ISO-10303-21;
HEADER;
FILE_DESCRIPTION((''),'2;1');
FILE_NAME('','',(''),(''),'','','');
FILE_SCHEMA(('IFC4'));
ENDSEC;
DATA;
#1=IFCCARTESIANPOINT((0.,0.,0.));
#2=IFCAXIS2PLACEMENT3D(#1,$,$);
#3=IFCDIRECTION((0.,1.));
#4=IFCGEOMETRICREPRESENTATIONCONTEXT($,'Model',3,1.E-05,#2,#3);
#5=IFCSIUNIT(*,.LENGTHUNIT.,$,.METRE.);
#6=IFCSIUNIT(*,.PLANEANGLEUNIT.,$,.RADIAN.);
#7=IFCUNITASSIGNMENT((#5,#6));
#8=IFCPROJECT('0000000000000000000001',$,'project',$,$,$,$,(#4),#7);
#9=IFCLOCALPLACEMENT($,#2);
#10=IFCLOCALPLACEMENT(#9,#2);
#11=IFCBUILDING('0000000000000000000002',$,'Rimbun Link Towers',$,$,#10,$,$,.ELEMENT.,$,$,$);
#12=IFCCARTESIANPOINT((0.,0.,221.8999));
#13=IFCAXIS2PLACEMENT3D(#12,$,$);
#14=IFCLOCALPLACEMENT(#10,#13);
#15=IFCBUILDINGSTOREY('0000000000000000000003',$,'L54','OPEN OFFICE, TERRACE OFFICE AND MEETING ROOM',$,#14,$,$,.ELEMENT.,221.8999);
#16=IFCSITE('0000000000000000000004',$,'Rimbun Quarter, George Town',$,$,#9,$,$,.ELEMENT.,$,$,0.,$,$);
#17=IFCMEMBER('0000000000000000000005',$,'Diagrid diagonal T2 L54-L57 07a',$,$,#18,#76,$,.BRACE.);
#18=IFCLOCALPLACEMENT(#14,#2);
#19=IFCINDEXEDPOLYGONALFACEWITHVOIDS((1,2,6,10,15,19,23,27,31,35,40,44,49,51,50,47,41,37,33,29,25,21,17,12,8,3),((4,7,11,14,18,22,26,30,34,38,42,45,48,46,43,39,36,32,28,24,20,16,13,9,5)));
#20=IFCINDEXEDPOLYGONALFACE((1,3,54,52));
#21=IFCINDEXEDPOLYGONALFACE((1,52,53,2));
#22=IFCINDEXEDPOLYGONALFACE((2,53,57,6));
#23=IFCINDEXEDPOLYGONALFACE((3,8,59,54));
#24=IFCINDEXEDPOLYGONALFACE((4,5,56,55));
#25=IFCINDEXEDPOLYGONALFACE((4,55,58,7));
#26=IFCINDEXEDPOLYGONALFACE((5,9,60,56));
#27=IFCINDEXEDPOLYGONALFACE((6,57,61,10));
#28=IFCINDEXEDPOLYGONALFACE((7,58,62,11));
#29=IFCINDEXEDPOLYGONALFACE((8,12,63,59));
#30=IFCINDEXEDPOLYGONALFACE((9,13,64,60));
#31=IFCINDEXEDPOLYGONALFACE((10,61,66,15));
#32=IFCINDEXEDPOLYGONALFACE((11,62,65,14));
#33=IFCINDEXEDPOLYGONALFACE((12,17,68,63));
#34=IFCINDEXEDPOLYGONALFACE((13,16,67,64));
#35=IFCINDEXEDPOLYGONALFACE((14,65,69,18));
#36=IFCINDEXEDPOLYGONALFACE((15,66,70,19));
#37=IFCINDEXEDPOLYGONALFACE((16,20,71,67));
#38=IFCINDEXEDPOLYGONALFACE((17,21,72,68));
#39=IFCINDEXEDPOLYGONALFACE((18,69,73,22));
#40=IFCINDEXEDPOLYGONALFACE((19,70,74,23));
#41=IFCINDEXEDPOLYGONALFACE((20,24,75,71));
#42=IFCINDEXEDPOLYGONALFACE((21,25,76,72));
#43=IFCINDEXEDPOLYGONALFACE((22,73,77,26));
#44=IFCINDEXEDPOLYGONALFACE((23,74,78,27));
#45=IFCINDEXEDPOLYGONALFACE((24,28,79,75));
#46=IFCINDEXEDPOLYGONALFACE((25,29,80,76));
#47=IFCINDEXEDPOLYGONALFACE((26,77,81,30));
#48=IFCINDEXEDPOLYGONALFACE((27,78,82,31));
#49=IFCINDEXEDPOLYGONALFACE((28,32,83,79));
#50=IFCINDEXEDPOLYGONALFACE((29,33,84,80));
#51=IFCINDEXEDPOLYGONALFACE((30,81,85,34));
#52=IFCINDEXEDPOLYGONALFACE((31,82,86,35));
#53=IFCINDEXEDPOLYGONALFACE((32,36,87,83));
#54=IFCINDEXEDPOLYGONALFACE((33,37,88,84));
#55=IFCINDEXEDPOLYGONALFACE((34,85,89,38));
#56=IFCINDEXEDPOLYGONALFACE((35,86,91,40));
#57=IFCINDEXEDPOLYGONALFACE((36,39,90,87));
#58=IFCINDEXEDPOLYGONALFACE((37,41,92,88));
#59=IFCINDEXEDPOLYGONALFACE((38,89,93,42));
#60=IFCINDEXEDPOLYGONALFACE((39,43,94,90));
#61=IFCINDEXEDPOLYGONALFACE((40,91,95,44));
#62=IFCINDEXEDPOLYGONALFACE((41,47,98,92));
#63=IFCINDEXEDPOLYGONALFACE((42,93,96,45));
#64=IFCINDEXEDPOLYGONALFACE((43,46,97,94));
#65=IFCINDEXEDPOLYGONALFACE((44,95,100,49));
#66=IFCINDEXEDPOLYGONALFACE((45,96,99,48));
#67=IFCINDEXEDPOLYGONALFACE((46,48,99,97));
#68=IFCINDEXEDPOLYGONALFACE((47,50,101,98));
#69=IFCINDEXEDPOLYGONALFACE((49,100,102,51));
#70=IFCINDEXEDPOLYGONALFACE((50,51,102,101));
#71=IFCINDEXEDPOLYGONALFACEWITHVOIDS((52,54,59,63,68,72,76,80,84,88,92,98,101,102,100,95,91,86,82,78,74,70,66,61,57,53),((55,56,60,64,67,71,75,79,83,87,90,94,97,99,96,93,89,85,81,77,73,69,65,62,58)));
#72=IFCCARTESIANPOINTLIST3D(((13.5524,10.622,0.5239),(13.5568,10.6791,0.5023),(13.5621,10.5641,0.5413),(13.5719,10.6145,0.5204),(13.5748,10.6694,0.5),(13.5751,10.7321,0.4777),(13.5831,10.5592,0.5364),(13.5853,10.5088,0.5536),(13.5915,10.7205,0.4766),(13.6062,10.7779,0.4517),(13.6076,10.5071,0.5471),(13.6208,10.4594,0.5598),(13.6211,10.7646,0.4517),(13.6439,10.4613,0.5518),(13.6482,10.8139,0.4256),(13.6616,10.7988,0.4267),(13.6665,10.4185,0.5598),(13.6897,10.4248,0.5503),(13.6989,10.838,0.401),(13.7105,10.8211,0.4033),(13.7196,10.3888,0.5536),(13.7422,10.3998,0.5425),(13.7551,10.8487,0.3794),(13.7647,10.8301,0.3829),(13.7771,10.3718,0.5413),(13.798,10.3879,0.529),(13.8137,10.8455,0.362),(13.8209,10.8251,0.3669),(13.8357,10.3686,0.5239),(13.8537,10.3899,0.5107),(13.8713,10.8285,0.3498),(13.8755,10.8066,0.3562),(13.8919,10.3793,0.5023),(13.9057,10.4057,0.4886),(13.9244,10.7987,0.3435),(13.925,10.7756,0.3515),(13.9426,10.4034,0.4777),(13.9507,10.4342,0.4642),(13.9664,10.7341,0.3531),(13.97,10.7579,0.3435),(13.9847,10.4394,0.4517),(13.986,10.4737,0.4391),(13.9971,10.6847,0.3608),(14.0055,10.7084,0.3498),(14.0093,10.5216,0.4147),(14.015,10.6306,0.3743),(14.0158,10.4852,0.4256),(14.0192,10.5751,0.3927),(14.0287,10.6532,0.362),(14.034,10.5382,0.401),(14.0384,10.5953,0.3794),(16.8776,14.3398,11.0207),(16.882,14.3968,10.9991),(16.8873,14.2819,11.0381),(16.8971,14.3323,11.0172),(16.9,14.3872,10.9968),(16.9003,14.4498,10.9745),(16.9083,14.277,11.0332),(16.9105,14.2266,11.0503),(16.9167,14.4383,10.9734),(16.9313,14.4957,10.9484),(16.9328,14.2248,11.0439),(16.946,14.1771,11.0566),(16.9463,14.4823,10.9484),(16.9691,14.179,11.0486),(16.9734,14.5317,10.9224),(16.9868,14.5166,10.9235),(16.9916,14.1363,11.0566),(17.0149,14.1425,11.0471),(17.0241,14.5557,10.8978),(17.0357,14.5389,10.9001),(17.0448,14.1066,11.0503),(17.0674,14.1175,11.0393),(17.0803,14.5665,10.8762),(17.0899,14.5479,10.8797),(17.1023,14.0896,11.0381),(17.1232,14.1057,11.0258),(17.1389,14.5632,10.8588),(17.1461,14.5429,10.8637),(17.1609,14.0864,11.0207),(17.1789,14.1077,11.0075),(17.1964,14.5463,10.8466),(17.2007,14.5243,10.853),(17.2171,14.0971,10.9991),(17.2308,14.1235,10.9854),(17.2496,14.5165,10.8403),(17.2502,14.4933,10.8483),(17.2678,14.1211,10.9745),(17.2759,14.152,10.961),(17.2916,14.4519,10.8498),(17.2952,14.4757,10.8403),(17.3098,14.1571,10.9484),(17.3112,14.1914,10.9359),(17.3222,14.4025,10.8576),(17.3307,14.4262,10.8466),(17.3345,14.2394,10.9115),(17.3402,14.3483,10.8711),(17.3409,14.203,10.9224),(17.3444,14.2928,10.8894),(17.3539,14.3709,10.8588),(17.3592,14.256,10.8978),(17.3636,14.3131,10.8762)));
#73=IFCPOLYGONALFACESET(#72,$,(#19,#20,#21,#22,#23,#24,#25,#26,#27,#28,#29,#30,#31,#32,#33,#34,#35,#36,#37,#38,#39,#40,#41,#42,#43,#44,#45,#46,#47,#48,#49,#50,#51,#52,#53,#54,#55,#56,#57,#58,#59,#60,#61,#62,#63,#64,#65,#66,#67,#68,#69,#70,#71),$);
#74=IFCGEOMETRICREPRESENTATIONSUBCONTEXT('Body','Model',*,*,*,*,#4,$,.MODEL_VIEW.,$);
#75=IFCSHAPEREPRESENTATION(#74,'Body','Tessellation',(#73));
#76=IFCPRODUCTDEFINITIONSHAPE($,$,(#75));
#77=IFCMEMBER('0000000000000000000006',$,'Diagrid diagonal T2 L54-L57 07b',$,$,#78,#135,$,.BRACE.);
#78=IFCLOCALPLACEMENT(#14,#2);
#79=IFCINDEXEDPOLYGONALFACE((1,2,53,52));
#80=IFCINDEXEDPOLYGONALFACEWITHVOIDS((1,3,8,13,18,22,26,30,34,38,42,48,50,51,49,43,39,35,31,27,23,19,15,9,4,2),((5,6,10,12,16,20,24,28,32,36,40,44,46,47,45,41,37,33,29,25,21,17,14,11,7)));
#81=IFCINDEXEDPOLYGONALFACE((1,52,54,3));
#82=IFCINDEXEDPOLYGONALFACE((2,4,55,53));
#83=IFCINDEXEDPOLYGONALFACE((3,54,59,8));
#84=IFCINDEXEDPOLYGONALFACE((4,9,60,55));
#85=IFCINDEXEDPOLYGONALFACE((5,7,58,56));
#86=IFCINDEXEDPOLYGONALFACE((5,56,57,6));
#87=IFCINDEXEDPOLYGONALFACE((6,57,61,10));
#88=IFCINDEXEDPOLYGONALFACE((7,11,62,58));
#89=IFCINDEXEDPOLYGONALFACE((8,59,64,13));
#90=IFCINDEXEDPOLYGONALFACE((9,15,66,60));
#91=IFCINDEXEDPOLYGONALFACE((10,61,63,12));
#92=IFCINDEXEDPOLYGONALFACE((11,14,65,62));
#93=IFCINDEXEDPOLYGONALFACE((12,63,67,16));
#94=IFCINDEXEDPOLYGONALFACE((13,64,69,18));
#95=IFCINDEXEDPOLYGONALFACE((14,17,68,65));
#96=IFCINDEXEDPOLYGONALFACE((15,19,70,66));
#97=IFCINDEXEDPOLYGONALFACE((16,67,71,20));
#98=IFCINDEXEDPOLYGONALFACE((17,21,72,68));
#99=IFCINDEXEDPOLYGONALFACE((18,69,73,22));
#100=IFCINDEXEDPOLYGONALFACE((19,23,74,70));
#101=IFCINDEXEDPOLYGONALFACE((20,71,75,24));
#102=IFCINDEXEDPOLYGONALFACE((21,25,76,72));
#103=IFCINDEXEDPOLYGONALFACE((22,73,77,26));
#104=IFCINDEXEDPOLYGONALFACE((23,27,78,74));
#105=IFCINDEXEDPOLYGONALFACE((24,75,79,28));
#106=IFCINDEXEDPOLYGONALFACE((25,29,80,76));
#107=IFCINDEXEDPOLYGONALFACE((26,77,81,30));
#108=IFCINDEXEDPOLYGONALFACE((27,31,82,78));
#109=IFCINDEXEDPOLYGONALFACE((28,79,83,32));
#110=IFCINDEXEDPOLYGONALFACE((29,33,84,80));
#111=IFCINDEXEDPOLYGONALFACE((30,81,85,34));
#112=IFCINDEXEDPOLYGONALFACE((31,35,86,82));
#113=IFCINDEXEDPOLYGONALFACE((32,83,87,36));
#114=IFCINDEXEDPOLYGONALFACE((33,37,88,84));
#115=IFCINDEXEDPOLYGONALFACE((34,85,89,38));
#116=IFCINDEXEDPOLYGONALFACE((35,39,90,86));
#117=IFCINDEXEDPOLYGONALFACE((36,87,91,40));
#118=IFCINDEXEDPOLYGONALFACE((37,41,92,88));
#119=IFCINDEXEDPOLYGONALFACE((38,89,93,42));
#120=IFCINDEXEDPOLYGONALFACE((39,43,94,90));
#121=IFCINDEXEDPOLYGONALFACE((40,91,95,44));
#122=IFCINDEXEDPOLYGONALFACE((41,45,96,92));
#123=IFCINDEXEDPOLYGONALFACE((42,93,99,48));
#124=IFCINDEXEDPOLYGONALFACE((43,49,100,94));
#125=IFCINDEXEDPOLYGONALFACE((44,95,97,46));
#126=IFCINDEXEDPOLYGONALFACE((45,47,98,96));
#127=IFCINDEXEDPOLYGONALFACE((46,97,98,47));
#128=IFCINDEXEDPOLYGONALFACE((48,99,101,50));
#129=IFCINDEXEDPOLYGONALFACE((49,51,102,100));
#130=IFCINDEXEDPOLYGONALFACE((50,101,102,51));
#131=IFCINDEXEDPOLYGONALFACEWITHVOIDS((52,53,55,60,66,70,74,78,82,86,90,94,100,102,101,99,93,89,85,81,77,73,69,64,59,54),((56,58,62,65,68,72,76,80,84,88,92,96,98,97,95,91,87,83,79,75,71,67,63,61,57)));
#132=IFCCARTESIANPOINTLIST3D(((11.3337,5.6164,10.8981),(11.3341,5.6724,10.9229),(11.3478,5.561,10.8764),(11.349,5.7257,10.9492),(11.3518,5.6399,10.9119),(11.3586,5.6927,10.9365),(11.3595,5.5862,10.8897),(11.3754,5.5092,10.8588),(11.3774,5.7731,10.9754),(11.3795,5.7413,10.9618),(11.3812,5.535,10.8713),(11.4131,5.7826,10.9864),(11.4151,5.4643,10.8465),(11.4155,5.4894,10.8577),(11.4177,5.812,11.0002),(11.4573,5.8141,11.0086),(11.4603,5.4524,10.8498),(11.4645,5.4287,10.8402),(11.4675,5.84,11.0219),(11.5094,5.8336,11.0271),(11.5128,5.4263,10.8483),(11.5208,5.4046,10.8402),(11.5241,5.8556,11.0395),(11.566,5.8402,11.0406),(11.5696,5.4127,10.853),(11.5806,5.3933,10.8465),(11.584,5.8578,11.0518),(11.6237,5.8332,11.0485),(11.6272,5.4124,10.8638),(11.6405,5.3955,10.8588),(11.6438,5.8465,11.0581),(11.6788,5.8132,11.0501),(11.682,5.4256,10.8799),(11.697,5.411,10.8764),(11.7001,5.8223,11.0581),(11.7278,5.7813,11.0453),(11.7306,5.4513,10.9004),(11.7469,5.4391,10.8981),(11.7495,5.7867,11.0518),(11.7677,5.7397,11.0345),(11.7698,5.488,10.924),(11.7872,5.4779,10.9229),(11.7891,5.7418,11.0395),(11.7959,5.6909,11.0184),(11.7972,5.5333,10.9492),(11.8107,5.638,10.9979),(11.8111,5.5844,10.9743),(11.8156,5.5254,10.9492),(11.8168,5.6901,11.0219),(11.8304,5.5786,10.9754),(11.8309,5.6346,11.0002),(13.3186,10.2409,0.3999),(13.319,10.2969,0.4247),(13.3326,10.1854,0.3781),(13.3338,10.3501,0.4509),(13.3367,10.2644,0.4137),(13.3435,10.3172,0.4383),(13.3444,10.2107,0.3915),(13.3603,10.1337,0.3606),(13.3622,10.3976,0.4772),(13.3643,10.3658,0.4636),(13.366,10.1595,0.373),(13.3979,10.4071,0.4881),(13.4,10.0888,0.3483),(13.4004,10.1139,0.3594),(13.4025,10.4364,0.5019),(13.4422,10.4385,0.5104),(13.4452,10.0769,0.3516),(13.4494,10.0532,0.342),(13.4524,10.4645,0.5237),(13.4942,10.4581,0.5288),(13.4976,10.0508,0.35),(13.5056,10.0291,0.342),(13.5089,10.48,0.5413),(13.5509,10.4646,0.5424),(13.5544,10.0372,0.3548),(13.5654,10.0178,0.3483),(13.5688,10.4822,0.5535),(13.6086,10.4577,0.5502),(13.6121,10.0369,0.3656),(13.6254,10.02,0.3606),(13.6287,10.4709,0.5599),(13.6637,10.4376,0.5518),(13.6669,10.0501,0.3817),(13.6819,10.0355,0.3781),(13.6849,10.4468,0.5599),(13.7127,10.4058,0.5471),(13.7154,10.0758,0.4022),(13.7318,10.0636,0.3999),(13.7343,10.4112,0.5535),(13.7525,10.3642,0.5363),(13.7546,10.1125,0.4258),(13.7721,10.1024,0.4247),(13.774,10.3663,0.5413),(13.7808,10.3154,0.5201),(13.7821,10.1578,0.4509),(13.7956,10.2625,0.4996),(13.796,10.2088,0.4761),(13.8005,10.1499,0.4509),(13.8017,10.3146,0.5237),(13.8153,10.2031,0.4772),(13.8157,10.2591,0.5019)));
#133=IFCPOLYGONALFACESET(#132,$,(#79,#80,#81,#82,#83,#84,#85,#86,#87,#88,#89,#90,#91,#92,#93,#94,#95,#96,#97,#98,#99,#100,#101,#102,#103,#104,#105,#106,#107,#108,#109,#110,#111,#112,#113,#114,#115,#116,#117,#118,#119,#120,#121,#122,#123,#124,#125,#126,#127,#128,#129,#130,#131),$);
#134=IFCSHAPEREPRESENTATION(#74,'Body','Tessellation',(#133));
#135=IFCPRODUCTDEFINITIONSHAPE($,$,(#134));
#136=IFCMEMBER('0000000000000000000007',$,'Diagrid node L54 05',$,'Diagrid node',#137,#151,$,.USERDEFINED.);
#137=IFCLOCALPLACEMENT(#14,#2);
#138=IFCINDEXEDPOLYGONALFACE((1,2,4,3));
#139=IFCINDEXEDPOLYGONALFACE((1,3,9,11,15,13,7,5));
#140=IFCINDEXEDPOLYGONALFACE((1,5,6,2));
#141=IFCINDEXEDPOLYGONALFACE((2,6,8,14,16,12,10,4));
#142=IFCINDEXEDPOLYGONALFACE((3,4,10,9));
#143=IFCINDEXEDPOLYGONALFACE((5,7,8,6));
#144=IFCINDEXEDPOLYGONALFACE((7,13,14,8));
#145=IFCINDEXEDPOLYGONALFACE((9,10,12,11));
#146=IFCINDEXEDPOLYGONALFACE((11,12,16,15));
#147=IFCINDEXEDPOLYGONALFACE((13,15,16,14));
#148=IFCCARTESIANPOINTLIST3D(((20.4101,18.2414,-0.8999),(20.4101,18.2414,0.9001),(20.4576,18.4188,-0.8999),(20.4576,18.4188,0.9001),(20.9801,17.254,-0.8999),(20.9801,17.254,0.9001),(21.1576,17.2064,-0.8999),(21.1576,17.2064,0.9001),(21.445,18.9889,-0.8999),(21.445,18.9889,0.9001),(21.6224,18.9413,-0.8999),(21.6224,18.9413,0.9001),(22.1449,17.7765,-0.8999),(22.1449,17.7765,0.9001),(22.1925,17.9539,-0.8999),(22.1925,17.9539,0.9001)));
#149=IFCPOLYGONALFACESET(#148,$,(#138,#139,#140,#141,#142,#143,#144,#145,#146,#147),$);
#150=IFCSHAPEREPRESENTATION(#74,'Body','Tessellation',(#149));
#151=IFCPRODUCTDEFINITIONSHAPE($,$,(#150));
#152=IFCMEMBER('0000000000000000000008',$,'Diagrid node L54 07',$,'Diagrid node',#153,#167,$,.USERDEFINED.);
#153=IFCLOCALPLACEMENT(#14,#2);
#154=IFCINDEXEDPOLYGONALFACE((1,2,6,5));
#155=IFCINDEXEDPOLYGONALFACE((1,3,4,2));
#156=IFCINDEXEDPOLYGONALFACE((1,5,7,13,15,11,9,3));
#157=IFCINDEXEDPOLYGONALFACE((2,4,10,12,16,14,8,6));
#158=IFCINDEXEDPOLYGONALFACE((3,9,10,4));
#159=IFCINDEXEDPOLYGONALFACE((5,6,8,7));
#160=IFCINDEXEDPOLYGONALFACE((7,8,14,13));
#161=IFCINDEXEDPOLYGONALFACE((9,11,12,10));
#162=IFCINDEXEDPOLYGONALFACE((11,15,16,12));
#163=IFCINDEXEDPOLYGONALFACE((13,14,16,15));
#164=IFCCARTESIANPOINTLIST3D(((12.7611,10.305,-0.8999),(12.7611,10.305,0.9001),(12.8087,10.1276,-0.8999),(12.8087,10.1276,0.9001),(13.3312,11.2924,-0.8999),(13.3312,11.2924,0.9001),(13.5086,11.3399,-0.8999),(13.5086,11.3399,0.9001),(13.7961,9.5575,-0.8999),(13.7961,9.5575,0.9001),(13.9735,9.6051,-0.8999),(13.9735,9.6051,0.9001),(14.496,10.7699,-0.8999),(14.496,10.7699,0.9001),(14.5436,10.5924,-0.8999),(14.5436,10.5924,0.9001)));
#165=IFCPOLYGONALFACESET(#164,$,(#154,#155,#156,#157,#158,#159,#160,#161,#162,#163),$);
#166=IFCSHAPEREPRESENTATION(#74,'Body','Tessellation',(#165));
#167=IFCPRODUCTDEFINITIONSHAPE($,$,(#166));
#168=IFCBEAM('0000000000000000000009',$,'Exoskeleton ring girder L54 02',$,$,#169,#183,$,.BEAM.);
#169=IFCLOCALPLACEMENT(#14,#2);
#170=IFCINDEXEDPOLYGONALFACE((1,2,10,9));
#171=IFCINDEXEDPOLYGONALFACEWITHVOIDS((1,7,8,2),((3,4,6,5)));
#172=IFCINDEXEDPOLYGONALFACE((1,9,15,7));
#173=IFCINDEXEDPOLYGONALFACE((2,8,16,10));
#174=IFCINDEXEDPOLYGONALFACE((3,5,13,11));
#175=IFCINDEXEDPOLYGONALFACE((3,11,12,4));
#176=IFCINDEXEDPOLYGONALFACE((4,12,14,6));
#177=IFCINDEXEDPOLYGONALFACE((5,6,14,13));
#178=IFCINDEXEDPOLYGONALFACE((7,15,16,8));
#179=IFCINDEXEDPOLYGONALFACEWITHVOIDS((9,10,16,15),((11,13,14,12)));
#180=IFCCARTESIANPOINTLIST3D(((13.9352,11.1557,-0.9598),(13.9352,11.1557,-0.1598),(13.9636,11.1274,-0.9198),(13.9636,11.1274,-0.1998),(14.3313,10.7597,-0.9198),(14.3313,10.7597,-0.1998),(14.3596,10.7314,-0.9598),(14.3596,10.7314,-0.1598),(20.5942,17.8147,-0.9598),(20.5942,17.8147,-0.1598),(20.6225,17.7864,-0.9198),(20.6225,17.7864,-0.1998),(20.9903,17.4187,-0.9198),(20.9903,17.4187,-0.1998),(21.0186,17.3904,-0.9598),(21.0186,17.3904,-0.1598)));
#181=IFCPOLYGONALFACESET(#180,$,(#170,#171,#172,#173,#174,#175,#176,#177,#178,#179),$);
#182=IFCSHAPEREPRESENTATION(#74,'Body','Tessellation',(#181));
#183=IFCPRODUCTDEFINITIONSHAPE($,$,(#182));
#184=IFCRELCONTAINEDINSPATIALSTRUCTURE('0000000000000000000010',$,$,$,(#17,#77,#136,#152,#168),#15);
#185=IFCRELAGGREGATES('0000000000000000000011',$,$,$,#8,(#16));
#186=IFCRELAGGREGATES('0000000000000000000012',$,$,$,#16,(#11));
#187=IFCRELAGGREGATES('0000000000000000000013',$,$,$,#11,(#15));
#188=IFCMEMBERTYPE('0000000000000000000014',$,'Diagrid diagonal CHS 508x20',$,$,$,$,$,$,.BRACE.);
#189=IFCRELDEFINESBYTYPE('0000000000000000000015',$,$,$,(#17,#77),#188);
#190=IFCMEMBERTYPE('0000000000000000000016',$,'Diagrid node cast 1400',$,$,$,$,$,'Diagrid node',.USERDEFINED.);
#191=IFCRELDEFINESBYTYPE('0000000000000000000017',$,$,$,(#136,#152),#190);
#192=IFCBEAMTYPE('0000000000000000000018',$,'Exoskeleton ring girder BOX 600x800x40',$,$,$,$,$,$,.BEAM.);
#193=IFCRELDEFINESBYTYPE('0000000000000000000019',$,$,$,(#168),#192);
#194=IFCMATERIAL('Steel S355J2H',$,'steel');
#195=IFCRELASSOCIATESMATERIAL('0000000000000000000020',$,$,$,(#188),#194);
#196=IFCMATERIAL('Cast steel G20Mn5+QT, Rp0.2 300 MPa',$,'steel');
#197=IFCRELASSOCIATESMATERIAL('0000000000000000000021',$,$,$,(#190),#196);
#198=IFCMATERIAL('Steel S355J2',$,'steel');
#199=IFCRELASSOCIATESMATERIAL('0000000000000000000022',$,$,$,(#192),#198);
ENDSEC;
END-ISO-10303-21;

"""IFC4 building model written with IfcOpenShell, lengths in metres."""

from ifc_helpers import new_model, si_unit, direction, frame, origin, origin_2d, place, context, subcontext, project, spatial, polyline, hollow_rectangle, hollow_circle, outline, extrude, material, material_profile, profile_set, type_object, element, save


model = new_model("IFC4")

# Units and contexts
model_context = context("Model", 3, precision=1e-05, world=origin(), true_north=direction((0.0, 1.0)))
body_context = subcontext(model_context, "Body", "Model", "MODEL_VIEW")
ifc_project = project(units=[si_unit("LENGTHUNIT", "METRE"), si_unit("PLANEANGLEUNIT", "RADIAN")], contexts=[model_context])

# Site, building, storey
site_placement = place(None, origin())
site = spatial("IfcSite", under=ifc_project, at=site_placement, Name="Rimbun Quarter, George Town", CompositionType="ELEMENT", RefElevation=0.0)
building_placement = place(site_placement, origin())
building = spatial("IfcBuilding", under=site, at=building_placement, Name="Rimbun Link Towers", CompositionType="ELEMENT")
storey_placement = place(building_placement, frame((0.0, 0.0, 221.8999)))
storey = spatial("IfcBuildingStorey", under=building, at=storey_placement, Name="L54", Description="OPEN OFFICE, TERRACE OFFICE AND MEETING ROOM", CompositionType="ELEMENT", Elevation=221.8999)

# Members
ifc_material_1 = material(Name="Steel S355J2H", Category="steel")
ifc_material_profile_1 = material_profile(ifc_material_1, hollow_circle(Radius=0.2539, WallThickness=0.02, at=origin_2d()), Name="Diagrid diagonal CHS 508x20")
ifc_profile_set_1 = profile_set([ifc_material_profile_1], Name="Steel S355J2H")
member_type_1 = type_object("IfcMemberType", Name="Diagrid diagonal CHS 508x20", PredefinedType="BRACE", material=ifc_profile_set_1)
for number, where, z_axis, x_axis, name in (
    (1, (13.7954, 10.6086, 0.4517), (0.286121, 0.319901, 0.903215), (-0.745364, 0.666657, 0.0), "Diagrid diagonal T2 L54-L57 07a"),
):
    element("IfcMember", number, at=place(storey_placement, frame(where, z_axis=z_axis, x_axis=x_axis)), inside=storey, type_object=member_type_1, Name=name, PredefinedType="BRACE", context=body_context, shape_type="SweptSolid", body=[
        extrude(hollow_circle(Radius=0.2539, WallThickness=0.02, at=origin_2d()), origin(), (0.0, 0.0, 1.0), 11.6216),
    ])
member_1_placement = place(storey_placement, frame((13.5671, 10.25, 0.4509), z_axis=(-0.170489, -0.397221, 0.901748), x_axis=(0.918934, -0.394411, 0.0)))
element("IfcMember", 2, at=member_1_placement, inside=storey, type_object=member_type_1, Name="Diagrid diagonal T2 L54-L57 07b", PredefinedType="BRACE", context=body_context, shape_type="SweptSolid", body=[
    extrude(hollow_circle(Radius=0.2539, WallThickness=0.02, at=origin_2d()), origin(), (0.0, 0.0, 1.0), 11.6421),
])
ifc_material_2 = material(Name="Cast steel G20Mn5+QT, Rp0.2 300 MPa", Category="steel")
ifc_material_profile_2 = material_profile(ifc_material_2, outline(polyline([(0.7, -0.5701), (0.7, 0.5701), (0.5701, 0.7), (-0.5701, 0.7), (-0.7, 0.5701), (-0.7, -0.5701), (-0.5701, -0.7), (0.5701, -0.7), (0.7, -0.5701)])), Name="NODE 1400x1400")
ifc_profile_set_2 = profile_set([ifc_material_profile_2], Name="Cast steel G20Mn5+QT, Rp0.2 300 MPa")
member_type_2 = type_object("IfcMemberType", Name="Diagrid node cast 1400", ElementType="Diagrid node", PredefinedType="USERDEFINED", material=ifc_profile_set_2)
for number, where, z_axis, x_axis, name in (
    (3, (21.3013, 18.0977, -0.8999), (0.0, 0.0, 1.0), (-0.5, 0.866025, 0.0), "Diagrid node L54 05"),
    (4, (13.6523, 10.4487, -0.8999), (0.0, 0.0, 1.0), (-0.866025, 0.5, 0.0), "Diagrid node L54 07"),
):
    element("IfcMember", number, at=place(storey_placement, frame(where, z_axis=z_axis, x_axis=x_axis)), inside=storey, type_object=member_type_2, Name=name, ObjectType="Diagrid node", PredefinedType="USERDEFINED", context=body_context, shape_type="SweptSolid", body=[
        extrude(outline(polyline([(0.7, -0.5701), (0.7, 0.5701), (0.5701, 0.7), (-0.5701, 0.7), (-0.7, 0.5701), (-0.7, -0.5701), (-0.5701, -0.7), (0.5701, -0.7), (0.7, -0.5701)])), origin(), (0.0, 0.0, 1.0), 1.8),
    ])

# Beam
ifc_material_3 = material(Name="Steel S355J2", Category="steel")
ifc_material_profile_3 = material_profile(ifc_material_3, hollow_rectangle(XDim=0.6001, YDim=0.8, WallThickness=0.04, at=origin_2d()), Name="Exoskeleton ring girder BOX 600x800x40")
ifc_profile_set_3 = profile_set([ifc_material_profile_3], Name="Steel S355J2")
beam_type_1 = type_object("IfcBeamType", Name="Exoskeleton ring girder BOX 600x800x40", PredefinedType="BEAM", material=ifc_profile_set_3)
beam_1_placement = place(storey_placement, frame((20.8064, 17.6025, -0.5598), z_axis=(-0.707107, -0.707107, 0.0), x_axis=(0.707107, -0.707107, 0.0)))
element("IfcBeam", 5, at=beam_1_placement, inside=storey, type_object=beam_type_1, Name="Exoskeleton ring girder L54 02", PredefinedType="BEAM", context=body_context, shape_type="SweptSolid", body=[
    extrude(hollow_rectangle(XDim=0.6001, YDim=0.8, WallThickness=0.04, at=origin_2d()), origin(), (0.0, 0.0, 1.0), 9.4172),
])

save(model, "model.ifc")
